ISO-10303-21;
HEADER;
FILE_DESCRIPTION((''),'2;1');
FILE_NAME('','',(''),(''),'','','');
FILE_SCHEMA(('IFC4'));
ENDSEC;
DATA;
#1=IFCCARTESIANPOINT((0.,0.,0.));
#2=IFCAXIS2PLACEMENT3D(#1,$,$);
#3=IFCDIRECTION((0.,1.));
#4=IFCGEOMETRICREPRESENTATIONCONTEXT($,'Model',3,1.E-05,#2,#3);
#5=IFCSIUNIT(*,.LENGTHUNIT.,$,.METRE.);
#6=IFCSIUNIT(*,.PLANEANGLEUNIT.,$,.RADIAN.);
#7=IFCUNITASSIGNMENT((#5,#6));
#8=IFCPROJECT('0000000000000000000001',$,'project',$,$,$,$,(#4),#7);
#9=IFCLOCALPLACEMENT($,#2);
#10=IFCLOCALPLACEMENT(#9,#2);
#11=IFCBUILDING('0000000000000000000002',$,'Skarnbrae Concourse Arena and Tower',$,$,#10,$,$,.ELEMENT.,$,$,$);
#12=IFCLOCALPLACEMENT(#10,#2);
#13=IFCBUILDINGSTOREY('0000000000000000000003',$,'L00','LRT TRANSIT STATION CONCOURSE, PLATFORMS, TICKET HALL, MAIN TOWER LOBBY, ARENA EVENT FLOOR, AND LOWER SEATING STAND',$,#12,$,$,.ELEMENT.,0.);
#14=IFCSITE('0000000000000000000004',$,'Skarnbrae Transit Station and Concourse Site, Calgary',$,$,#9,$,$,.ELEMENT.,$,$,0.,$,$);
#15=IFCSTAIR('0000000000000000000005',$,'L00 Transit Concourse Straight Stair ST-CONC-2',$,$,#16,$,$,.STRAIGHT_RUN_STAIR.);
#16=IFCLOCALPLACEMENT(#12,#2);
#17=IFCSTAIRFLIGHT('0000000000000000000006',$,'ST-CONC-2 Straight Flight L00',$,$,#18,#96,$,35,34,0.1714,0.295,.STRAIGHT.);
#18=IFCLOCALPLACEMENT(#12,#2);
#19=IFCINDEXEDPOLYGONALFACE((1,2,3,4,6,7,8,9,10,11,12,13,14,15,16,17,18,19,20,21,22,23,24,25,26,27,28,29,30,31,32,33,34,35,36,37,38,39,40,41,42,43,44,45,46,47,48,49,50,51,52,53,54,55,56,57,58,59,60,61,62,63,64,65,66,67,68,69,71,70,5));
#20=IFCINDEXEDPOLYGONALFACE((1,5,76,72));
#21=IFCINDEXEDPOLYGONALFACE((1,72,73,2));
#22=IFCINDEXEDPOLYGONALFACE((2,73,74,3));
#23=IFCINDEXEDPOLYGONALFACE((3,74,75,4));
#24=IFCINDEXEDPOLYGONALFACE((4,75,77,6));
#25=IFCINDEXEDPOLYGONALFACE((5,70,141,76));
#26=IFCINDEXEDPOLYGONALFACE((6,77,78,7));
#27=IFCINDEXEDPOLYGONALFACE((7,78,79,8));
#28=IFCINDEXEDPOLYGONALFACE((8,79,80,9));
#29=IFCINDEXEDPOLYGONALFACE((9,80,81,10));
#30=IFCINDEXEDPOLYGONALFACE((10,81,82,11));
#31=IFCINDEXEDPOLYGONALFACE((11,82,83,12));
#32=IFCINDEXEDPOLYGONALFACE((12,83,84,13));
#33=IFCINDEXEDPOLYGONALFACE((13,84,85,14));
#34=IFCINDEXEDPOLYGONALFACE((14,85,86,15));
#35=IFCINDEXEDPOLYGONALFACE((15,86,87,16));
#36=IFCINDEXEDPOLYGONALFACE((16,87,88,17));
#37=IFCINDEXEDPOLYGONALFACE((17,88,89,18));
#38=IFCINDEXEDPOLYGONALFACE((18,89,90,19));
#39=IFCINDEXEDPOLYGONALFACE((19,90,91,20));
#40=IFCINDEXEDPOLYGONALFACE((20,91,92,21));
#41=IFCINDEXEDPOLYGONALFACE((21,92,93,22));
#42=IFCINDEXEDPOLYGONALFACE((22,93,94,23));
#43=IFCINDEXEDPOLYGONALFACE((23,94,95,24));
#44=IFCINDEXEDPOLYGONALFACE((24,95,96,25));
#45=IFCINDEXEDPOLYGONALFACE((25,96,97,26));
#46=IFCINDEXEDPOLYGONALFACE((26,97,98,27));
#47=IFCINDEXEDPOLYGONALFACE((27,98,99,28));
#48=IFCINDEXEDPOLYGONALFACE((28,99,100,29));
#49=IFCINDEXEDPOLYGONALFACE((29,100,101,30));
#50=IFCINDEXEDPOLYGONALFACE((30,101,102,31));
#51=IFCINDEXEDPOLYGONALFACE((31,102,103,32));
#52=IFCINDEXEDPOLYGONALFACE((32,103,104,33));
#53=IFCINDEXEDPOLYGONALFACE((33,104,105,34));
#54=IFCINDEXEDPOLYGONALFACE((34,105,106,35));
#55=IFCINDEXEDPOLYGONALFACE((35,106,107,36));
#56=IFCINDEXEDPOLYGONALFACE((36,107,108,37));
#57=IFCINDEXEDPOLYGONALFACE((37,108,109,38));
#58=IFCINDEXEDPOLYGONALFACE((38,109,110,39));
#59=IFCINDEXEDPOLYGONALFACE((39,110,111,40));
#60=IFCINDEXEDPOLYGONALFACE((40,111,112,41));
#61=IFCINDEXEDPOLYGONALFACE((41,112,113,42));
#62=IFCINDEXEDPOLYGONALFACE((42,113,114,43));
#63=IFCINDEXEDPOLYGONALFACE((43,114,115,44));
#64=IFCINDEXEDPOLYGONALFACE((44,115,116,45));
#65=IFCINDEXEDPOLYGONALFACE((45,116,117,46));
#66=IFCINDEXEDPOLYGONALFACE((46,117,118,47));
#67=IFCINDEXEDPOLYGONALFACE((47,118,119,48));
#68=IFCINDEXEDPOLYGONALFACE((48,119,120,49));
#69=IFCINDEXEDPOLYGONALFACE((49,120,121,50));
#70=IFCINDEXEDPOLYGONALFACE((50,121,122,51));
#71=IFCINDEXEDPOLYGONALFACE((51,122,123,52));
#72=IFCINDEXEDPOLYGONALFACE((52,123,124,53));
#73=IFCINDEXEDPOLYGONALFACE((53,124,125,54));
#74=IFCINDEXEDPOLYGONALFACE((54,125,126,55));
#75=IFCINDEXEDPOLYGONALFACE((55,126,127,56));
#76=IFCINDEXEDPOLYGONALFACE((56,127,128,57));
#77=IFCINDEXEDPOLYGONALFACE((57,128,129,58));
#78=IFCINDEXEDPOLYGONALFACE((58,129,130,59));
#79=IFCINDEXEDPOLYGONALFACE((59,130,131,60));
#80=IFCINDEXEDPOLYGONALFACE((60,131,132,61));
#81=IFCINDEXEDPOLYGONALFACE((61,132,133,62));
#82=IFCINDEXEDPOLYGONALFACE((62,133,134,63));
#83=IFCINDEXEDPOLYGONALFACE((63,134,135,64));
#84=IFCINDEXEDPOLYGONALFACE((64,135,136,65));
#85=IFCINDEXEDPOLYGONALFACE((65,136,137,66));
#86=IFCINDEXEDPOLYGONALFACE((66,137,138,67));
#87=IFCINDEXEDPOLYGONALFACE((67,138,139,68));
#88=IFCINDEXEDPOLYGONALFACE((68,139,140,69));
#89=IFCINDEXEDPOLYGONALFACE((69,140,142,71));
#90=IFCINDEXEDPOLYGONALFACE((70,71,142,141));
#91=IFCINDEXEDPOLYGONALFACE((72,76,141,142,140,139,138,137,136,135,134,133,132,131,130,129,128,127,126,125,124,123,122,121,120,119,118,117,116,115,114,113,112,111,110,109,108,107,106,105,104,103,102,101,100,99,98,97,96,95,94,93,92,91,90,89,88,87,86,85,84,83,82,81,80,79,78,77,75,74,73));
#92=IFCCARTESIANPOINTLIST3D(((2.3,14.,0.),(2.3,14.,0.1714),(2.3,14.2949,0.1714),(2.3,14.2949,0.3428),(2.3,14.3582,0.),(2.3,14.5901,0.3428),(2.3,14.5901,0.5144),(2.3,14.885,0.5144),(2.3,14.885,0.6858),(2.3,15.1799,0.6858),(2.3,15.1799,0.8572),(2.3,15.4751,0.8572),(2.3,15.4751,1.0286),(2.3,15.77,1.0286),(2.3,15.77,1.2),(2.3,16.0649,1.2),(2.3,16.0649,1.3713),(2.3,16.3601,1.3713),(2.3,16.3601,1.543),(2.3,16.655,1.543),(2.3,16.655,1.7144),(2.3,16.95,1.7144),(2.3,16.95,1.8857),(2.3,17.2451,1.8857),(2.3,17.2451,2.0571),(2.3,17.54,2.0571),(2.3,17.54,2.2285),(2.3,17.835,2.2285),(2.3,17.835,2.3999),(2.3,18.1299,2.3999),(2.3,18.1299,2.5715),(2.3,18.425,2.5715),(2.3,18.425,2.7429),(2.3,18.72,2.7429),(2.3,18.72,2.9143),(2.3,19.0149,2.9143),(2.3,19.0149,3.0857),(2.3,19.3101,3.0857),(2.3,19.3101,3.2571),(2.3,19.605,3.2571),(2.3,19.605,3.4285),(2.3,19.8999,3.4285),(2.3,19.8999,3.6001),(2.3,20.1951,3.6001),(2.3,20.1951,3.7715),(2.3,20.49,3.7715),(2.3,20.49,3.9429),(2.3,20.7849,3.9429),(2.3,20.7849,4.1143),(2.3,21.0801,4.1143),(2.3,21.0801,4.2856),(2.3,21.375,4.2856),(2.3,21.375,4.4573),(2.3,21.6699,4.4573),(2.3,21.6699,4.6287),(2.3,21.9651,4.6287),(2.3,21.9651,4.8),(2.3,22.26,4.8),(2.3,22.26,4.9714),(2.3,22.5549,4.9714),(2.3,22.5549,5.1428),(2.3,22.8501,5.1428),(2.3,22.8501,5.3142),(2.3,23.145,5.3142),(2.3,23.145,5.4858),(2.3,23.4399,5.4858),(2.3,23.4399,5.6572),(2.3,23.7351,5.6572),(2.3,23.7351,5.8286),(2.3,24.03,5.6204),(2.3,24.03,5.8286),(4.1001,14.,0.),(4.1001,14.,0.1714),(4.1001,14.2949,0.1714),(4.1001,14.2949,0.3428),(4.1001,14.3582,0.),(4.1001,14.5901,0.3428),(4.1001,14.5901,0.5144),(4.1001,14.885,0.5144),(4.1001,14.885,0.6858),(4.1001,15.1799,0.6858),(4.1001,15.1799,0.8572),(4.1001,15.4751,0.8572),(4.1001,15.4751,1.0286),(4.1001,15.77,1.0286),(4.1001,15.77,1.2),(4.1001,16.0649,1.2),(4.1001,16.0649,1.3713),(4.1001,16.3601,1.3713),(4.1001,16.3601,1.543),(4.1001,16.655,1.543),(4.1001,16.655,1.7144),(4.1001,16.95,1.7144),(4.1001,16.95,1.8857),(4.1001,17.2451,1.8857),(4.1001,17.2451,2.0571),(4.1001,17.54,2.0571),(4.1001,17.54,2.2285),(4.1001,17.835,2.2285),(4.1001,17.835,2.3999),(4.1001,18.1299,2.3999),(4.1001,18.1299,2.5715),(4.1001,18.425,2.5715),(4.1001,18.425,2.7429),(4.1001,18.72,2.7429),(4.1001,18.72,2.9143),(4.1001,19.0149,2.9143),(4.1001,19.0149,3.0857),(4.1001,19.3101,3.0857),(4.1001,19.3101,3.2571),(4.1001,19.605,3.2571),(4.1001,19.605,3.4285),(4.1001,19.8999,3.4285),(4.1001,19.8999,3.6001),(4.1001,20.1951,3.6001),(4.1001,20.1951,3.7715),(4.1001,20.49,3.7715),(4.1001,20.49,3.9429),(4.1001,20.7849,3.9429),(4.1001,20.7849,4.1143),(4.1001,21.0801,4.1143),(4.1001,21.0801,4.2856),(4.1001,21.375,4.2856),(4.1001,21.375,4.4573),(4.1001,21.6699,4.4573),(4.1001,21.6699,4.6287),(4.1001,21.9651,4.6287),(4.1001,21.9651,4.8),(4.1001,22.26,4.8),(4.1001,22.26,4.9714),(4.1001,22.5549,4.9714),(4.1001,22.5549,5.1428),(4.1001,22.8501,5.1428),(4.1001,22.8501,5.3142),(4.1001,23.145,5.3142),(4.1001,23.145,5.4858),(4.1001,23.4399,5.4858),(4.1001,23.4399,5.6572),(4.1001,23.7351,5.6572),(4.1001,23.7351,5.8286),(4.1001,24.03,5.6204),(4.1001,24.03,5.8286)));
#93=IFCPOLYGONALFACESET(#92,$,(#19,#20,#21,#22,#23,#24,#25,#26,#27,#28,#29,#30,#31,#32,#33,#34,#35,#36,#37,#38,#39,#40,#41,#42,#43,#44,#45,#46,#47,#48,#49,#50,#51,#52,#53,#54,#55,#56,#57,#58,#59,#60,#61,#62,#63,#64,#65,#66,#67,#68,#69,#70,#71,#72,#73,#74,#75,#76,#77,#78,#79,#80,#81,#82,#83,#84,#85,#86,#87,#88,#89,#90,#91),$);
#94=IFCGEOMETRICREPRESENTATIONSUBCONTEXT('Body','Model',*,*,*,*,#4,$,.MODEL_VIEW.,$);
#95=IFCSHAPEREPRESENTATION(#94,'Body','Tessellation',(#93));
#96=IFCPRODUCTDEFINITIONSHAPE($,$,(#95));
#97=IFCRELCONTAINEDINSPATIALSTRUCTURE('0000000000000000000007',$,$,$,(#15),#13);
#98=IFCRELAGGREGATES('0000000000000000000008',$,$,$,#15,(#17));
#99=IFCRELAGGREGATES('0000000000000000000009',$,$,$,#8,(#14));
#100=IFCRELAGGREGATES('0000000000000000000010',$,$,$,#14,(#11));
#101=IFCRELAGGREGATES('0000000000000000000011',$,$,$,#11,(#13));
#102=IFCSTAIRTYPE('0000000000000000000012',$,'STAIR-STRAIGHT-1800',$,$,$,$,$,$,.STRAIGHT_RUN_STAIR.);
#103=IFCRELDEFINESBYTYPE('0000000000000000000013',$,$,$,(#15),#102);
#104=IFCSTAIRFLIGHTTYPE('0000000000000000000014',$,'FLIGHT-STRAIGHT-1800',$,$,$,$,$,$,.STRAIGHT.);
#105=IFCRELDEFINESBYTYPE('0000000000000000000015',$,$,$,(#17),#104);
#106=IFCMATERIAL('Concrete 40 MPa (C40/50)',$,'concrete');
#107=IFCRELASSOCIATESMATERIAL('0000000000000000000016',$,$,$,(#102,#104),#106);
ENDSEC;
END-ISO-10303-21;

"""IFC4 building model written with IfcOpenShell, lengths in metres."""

from ifc_helpers import new_model, si_unit, direction, frame, origin, place, context, subcontext, project, spatial, polyline, outline, extrude, source, transform, mapped, material, type_object, element, aggregate, save


model = new_model("IFC4")

# Units and contexts
model_context = context("Model", 3, precision=1e-05, world=origin(), true_north=direction((0.0, 1.0)))
body_context = subcontext(model_context, "Body", "Model", "MODEL_VIEW")
ifc_project = project(units=[si_unit("LENGTHUNIT", "METRE"), si_unit("PLANEANGLEUNIT", "RADIAN")], contexts=[model_context])

# Site, building, storey
site_placement = place(None, origin())
site = spatial("IfcSite", under=ifc_project, at=site_placement, Name="Skarnbrae Transit Station and Concourse Site, Calgary", CompositionType="ELEMENT", RefElevation=0.0)
building_placement = place(site_placement, origin())
building = spatial("IfcBuilding", under=site, at=building_placement, Name="Skarnbrae Concourse Arena and Tower", CompositionType="ELEMENT")
storey_placement = place(building_placement, origin())
storey = spatial("IfcBuildingStorey", under=building, at=storey_placement, Name="L00", Description="LRT TRANSIT STATION CONCOURSE, PLATFORMS, TICKET HALL, MAIN TOWER LOBBY, ARENA EVENT FLOOR, AND LOWER SEATING STAND", CompositionType="ELEMENT", Elevation=0.0)

# Shared definitions
ifc_material_1 = material(Name="Concrete 40 MPa (C40/50)", Category="concrete")

# Stair, stair flight
stair_type_1 = type_object("IfcStairType", Name="STAIR-STRAIGHT-1800", PredefinedType="STRAIGHT_RUN_STAIR", material=ifc_material_1)
stair_1_placement = place(storey_placement, origin())
stair_1 = element("IfcStair", 1, at=stair_1_placement, inside=storey, type_object=stair_type_1, Name="L00 Transit Concourse Straight Stair ST-CONC-2", PredefinedType="STRAIGHT_RUN_STAIR")
stair_flight_type_1 = type_object("IfcStairFlightType", Name="FLIGHT-STRAIGHT-1800", PredefinedType="STRAIGHT", material=ifc_material_1)
shared_shape_1 = source(origin(), body_context, "Body", "SweptSolid", [
    extrude(outline(polyline([(0.0, 0.0), (0.0, 0.1714), (0.2949, 0.1714), (0.2949, 0.3428), (0.5901, 0.3428), (0.5901, 0.5144), (0.885, 0.5144), (0.885, 0.6858), (1.1799, 0.6858), (1.1799, 0.8572), (1.4751, 0.8572), (1.4751, 1.0286), (1.77, 1.0286), (1.77, 1.2), (2.0649, 1.2), (2.0649, 1.3713), (2.3601, 1.3713), (2.3601, 1.543), (2.655, 1.543), (2.655, 1.7144), (2.95, 1.7144), (2.95, 1.8857), (3.2451, 1.8857), (3.2451, 2.0571), (3.54, 2.0571), (3.54, 2.2285), (3.835, 2.2285), (3.835, 2.3999), (4.1299, 2.3999), (4.1299, 2.5715), (4.425, 2.5715), (4.425, 2.7429), (4.72, 2.7429), (4.72, 2.9143), (5.0149, 2.9143), (5.0149, 3.0857), (5.3101, 3.0857), (5.3101, 3.2571), (5.605, 3.2571), (5.605, 3.4285), (5.8999, 3.4285), (5.8999, 3.6001), (6.1951, 3.6001), (6.1951, 3.7715), (6.49, 3.7715), (6.49, 3.9429), (6.7849, 3.9429), (6.7849, 4.1143), (7.0801, 4.1143), (7.0801, 4.2856), (7.375, 4.2856), (7.375, 4.4573), (7.6699, 4.4573), (7.6699, 4.6287), (7.9651, 4.6287), (7.9651, 4.8), (8.26, 4.8), (8.26, 4.9714), (8.5549, 4.9714), (8.5549, 5.1428), (8.8501, 5.1428), (8.8501, 5.3142), (9.145, 5.3142), (9.145, 5.4858), (9.4399, 5.4858), (9.4399, 5.6572), (9.7351, 5.6572), (9.7351, 5.8286), (10.03, 5.8286), (10.03, 6.0), (10.03, 5.6204), (0.3582, 0.0), (0.0, 0.0)])), frame((0.0, 0.8999, 0.0), z_axis=(0.0, -1.0, 0.0), x_axis=(1.0, 0.0, 0.0)), (0.0, 0.0, 1.0), 1.8),
])
stair_flight_1_placement = place(storey_placement, frame((3.2, 14.0, 0.0), z_axis=(0.0, 0.0, 1.0), x_axis=(0.0, 1.0, 0.0)))
stair_flight_1 = element("IfcStairFlight", 2, at=stair_flight_1_placement, type_object=stair_flight_type_1, Name="ST-CONC-2 Straight Flight L00", NumberOfRisers=35, NumberOfTreads=34, PredefinedType="STRAIGHT", RiserHeight=0.1714, TreadLength=0.295, context=body_context, shape_type="MappedRepresentation", body=[
    mapped(shared_shape_1, transform((0.0, 0.0, 0.0))),
])
aggregate(stair_1, [stair_flight_1])

save(model, "model.ifc")
